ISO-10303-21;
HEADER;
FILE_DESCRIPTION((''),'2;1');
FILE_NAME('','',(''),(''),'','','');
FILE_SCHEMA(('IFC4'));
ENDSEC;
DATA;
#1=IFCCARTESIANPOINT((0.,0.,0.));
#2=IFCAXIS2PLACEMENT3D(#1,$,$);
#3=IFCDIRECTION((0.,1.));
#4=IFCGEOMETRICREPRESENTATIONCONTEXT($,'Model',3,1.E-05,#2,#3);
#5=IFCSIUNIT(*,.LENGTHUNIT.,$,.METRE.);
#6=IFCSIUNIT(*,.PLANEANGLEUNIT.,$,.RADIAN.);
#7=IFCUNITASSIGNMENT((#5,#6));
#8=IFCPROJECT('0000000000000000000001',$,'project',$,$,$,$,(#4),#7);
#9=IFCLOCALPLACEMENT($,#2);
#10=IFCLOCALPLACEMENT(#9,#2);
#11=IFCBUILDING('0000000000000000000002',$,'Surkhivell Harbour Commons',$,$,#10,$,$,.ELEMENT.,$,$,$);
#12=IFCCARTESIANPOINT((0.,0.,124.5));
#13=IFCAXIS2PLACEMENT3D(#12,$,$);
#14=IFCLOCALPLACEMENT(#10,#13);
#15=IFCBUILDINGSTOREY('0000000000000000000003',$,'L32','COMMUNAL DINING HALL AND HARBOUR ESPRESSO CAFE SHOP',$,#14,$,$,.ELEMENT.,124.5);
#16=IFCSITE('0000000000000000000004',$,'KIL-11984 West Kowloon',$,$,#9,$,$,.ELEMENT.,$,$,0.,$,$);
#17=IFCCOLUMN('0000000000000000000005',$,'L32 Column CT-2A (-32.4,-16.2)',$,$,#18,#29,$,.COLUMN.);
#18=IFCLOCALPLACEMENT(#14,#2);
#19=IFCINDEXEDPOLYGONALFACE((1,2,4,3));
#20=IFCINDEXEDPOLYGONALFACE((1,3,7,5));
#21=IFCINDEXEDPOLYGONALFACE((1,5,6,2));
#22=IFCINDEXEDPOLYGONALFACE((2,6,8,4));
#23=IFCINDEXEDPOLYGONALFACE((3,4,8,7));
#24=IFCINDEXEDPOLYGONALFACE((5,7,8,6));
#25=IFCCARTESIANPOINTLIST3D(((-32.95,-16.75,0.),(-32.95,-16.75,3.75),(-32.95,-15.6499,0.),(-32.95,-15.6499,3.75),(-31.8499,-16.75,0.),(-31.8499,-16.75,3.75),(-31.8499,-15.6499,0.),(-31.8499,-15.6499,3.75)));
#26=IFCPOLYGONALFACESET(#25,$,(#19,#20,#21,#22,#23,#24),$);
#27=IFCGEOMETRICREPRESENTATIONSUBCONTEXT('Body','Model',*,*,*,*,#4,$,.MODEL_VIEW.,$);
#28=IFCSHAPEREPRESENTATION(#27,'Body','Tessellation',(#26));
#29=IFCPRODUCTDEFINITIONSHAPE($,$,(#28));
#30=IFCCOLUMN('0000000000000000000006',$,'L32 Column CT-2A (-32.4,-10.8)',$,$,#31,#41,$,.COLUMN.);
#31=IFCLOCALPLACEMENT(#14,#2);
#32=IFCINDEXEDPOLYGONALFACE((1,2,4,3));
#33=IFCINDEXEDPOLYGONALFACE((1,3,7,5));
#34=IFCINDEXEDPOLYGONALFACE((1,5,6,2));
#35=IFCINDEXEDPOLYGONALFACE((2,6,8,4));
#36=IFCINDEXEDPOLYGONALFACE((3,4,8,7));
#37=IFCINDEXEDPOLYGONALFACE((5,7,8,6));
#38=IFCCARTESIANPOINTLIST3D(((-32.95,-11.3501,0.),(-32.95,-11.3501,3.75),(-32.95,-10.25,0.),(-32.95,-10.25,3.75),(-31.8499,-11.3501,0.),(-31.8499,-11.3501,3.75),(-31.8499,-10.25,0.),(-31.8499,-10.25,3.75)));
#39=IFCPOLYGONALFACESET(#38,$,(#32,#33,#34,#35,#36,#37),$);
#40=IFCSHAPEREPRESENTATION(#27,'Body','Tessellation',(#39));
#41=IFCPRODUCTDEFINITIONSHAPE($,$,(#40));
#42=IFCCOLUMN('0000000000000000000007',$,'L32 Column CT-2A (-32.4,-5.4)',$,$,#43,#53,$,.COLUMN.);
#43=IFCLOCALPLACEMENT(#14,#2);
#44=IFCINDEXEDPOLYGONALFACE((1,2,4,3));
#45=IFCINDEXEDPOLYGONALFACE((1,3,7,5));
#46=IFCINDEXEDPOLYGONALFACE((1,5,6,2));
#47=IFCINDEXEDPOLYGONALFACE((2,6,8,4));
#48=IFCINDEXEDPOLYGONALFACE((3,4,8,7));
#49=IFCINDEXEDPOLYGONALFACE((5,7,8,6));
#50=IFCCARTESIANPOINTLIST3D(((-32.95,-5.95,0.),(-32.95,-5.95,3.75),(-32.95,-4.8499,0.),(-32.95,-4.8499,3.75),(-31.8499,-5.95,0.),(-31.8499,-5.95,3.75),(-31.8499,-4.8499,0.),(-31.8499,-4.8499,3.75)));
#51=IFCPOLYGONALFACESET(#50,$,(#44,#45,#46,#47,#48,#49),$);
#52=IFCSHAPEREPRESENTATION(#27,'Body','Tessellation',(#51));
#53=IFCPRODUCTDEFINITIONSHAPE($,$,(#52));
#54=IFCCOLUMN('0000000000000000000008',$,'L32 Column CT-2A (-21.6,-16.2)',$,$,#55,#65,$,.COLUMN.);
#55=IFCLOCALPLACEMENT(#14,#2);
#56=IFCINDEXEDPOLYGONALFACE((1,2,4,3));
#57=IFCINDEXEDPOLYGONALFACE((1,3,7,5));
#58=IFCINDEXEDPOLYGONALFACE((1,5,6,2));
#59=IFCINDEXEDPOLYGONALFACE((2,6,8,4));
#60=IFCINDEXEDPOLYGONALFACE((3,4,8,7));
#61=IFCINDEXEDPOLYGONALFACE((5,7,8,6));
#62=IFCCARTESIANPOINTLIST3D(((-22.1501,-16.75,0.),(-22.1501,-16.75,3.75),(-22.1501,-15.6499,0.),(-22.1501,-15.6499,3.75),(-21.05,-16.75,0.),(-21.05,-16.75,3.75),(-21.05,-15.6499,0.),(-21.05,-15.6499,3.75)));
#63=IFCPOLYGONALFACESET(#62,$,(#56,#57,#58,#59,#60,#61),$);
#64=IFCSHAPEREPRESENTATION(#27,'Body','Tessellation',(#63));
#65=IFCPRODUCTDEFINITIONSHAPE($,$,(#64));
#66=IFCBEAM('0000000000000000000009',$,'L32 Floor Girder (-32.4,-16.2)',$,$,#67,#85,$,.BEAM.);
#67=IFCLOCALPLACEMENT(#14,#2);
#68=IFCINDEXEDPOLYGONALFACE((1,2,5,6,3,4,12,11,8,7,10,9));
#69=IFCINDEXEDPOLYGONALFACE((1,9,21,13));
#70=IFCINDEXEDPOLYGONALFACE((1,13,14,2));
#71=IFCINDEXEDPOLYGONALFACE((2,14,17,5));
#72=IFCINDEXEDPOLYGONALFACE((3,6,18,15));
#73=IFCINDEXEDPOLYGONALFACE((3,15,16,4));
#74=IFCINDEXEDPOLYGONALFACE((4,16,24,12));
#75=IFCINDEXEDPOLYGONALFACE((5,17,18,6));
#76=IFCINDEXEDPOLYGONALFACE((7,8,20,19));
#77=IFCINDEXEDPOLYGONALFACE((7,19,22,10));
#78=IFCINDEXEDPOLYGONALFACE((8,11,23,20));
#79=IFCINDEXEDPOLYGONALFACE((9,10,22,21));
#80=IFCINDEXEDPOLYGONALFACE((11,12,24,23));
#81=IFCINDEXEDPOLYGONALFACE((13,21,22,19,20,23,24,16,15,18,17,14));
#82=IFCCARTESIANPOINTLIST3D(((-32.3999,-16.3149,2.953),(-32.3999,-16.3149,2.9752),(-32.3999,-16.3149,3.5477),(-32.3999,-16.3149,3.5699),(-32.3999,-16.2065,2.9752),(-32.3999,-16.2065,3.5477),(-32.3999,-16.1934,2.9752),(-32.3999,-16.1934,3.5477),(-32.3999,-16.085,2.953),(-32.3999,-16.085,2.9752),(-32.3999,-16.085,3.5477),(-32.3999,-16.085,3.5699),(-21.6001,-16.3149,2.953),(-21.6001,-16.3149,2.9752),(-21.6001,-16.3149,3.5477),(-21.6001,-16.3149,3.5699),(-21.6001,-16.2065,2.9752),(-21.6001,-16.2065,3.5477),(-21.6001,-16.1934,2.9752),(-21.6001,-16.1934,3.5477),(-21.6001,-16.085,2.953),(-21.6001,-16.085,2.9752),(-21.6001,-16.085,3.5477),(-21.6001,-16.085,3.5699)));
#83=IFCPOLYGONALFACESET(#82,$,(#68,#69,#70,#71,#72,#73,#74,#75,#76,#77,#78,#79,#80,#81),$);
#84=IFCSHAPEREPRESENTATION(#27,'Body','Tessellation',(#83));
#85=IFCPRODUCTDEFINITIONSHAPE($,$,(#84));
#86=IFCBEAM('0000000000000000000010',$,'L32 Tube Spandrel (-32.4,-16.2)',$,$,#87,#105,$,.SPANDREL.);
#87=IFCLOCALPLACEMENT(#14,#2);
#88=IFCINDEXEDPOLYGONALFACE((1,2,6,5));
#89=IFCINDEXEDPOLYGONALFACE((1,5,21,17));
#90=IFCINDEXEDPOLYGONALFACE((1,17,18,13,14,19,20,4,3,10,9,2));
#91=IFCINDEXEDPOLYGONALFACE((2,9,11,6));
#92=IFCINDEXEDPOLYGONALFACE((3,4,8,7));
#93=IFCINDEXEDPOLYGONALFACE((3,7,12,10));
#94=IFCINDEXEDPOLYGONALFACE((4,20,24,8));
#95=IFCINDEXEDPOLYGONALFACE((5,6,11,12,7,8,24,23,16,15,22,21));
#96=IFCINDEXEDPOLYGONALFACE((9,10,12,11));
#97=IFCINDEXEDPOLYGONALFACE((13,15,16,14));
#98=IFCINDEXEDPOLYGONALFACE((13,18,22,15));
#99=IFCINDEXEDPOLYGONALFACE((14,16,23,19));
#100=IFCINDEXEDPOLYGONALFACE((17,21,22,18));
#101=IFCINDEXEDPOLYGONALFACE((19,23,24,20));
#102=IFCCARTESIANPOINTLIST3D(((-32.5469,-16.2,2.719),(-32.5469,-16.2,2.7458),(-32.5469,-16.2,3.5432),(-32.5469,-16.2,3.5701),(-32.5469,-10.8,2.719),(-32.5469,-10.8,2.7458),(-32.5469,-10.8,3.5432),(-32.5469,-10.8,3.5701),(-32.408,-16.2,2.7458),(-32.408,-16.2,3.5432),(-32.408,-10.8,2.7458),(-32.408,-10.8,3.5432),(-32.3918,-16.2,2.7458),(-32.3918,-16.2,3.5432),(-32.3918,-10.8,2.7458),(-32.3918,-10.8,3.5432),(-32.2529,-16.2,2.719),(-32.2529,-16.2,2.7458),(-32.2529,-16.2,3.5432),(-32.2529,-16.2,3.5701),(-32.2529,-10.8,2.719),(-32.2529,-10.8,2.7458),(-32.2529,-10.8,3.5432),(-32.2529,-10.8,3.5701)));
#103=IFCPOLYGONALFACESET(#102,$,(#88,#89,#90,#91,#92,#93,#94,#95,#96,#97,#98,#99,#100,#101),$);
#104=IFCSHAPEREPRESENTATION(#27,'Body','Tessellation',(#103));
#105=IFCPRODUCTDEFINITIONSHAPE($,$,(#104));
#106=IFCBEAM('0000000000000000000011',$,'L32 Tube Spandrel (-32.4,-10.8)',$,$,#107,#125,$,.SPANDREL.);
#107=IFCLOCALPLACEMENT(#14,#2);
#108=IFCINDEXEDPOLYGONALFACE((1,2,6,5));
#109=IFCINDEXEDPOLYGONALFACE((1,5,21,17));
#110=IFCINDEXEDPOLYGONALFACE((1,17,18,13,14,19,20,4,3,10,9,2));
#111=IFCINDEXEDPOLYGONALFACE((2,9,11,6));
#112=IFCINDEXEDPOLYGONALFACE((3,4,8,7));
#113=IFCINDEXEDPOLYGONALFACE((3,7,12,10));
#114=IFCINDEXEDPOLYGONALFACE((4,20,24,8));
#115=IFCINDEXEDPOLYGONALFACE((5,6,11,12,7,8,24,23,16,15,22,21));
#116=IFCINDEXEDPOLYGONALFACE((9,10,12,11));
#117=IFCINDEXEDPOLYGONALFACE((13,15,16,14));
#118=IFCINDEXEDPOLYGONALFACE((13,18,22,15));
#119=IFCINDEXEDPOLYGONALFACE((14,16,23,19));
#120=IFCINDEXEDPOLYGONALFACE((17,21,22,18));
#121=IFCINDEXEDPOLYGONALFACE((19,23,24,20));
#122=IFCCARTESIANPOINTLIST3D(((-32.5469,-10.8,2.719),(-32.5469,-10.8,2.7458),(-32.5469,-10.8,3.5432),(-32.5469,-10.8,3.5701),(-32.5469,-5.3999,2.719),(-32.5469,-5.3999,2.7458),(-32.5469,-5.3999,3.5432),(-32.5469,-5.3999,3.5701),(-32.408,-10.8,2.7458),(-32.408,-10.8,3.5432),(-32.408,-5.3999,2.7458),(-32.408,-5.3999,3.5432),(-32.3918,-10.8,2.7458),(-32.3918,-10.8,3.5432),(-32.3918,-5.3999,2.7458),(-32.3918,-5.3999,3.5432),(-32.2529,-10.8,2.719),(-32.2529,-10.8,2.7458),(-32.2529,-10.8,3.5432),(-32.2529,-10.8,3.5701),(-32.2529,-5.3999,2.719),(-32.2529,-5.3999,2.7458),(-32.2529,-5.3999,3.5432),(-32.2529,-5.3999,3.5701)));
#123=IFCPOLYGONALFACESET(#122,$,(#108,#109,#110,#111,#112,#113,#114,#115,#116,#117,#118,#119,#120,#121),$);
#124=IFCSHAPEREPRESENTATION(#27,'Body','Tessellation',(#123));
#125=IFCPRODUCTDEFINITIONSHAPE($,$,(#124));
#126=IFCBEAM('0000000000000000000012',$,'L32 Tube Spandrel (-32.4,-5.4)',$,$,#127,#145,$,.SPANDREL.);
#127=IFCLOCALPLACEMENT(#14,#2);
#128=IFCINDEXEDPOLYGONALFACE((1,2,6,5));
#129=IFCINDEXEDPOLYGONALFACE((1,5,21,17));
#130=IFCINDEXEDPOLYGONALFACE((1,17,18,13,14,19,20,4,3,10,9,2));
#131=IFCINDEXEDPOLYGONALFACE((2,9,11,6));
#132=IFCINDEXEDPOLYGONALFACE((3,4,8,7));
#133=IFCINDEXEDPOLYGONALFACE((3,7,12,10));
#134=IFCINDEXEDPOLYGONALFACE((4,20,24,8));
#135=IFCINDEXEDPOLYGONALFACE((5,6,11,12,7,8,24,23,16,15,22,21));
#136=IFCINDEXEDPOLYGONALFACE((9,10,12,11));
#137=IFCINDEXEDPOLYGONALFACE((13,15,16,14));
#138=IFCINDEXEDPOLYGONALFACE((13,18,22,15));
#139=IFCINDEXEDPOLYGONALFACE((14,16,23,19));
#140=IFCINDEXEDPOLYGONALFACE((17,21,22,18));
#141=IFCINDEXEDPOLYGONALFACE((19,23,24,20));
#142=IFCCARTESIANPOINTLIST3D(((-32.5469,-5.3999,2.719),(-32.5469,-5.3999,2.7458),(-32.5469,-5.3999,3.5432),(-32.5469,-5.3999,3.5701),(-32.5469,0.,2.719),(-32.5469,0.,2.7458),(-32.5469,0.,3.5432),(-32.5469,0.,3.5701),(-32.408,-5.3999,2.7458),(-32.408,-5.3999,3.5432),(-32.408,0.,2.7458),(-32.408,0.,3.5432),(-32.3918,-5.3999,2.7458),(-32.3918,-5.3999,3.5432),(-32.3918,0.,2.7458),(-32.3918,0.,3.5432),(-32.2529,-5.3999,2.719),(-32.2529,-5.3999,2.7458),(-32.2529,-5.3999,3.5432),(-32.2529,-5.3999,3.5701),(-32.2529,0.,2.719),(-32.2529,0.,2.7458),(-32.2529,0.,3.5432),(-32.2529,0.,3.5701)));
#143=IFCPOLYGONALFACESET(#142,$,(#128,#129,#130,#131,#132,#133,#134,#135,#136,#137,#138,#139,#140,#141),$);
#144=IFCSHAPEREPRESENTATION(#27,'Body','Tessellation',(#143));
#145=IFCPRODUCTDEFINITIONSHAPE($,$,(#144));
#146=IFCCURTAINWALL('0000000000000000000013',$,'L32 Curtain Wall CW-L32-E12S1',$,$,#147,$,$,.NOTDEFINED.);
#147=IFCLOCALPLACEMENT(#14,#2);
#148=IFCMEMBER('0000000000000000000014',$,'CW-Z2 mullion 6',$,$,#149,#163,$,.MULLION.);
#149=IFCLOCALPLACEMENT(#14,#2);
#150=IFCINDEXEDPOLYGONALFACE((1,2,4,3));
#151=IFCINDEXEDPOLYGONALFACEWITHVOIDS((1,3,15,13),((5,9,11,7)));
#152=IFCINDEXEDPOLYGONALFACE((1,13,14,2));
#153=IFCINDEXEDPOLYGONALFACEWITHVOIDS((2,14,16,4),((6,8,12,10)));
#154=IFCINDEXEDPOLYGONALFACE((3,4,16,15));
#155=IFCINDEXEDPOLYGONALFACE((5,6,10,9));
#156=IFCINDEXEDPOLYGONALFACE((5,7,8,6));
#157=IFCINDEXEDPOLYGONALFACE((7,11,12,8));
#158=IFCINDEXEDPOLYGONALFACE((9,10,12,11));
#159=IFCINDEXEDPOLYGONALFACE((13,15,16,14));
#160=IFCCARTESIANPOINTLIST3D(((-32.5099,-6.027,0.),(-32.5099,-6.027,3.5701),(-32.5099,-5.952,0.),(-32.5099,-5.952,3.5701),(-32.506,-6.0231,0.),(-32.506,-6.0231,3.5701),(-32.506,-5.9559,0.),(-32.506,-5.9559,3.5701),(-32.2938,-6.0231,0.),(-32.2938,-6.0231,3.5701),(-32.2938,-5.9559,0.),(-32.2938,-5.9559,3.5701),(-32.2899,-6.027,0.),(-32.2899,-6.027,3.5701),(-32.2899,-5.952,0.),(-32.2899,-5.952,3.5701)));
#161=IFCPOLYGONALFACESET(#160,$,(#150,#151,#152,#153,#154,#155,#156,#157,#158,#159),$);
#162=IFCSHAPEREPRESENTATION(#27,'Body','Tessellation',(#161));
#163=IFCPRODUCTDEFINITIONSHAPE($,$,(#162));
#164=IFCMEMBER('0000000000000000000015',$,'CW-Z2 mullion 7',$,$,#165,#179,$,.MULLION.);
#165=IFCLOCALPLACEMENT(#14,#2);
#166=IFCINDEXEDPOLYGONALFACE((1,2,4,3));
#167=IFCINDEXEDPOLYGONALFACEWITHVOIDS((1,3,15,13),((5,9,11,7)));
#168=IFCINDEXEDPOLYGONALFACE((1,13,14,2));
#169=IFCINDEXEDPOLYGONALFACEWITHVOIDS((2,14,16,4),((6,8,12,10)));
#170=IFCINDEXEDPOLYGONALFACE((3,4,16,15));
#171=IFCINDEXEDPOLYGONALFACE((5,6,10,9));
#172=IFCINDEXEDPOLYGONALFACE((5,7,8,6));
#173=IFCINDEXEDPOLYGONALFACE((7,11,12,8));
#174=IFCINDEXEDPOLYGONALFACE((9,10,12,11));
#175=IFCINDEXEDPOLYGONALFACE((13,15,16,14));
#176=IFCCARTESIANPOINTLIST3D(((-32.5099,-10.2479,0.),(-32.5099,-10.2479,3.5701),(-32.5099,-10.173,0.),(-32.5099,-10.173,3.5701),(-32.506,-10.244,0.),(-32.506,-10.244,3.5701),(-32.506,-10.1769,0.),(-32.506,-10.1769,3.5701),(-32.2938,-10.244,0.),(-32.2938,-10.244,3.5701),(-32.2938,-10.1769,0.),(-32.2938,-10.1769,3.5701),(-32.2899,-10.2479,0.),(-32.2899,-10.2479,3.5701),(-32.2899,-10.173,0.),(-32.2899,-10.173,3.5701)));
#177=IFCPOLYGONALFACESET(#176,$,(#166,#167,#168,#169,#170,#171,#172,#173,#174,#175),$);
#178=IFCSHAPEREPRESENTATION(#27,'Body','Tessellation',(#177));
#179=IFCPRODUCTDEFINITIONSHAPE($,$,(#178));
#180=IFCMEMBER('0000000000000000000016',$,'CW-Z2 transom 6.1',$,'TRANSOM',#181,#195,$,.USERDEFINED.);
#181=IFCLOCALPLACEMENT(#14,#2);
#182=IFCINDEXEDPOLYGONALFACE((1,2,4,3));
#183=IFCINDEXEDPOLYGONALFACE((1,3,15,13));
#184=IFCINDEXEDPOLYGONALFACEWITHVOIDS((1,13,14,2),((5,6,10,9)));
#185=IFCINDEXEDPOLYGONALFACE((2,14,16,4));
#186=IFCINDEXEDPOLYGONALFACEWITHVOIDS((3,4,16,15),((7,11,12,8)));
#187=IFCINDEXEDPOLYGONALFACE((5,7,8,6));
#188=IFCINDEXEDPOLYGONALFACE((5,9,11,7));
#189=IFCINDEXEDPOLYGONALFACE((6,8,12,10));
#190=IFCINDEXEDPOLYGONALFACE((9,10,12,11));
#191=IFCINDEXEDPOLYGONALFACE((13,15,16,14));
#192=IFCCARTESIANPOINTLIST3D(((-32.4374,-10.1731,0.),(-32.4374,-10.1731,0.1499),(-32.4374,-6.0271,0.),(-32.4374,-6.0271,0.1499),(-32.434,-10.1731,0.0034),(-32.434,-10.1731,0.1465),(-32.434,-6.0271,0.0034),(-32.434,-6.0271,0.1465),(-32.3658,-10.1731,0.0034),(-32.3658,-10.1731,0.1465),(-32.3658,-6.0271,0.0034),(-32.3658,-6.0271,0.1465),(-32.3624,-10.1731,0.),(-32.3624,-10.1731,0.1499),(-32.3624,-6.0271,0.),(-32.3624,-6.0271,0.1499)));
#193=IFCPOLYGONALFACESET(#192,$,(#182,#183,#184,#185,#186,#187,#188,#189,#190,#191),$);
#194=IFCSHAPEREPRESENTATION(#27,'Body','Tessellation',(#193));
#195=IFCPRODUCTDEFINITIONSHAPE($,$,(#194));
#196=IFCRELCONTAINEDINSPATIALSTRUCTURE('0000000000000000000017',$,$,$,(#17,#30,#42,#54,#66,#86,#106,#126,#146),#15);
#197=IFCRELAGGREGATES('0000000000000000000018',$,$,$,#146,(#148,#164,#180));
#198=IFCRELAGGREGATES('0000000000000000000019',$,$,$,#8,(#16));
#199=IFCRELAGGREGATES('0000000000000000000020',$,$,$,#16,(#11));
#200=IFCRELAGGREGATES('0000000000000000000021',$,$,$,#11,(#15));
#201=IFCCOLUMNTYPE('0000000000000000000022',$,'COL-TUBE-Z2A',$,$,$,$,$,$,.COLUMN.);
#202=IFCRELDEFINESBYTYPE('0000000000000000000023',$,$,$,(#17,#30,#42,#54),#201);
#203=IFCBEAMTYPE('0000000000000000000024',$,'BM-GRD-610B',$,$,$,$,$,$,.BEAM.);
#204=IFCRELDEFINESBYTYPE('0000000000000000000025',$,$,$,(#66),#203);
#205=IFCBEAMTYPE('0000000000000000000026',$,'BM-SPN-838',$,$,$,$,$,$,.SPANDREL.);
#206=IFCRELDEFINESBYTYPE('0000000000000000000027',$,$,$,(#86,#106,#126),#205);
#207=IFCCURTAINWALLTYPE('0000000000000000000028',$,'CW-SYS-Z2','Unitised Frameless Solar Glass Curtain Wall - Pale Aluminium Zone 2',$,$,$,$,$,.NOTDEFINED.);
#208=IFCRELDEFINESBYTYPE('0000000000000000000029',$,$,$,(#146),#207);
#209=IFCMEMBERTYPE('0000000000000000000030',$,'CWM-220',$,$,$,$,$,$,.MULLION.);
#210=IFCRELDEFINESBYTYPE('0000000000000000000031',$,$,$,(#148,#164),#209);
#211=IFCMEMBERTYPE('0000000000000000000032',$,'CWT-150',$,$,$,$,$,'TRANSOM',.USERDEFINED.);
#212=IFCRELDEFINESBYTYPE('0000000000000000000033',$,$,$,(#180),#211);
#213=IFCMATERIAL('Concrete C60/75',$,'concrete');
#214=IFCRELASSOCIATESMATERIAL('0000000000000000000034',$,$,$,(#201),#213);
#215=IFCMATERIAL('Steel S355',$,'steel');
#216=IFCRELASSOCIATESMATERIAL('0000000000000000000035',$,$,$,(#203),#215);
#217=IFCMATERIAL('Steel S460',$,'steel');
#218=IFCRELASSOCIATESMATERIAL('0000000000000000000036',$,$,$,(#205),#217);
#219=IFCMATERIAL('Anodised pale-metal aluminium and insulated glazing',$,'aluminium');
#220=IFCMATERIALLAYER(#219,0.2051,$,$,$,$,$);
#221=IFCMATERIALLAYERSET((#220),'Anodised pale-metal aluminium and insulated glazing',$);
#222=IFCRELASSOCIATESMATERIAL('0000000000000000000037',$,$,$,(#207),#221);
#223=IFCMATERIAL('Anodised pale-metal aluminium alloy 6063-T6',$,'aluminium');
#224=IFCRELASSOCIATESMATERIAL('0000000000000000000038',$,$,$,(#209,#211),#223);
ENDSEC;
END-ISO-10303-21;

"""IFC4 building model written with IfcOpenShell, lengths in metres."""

from ifc_helpers import new_model, si_unit, direction, frame, origin, origin_2d, place, context, subcontext, project, spatial, rectangle, hollow_rectangle, i_section, extrude, material, layer, layer_set, material_profile, profile_set, type_object, element, aggregate, save


model = new_model("IFC4")

# Units and contexts
model_context = context("Model", 3, precision=1e-05, world=origin(), true_north=direction((0.0, 1.0)))
body_context = subcontext(model_context, "Body", "Model", "MODEL_VIEW")
ifc_project = project(units=[si_unit("LENGTHUNIT", "METRE"), si_unit("PLANEANGLEUNIT", "RADIAN")], contexts=[model_context])

# Site, building, storey
site_placement = place(None, origin())
site = spatial("IfcSite", under=ifc_project, at=site_placement, Name="KIL-11984 West Kowloon", CompositionType="ELEMENT", RefElevation=0.0)
building_placement = place(site_placement, origin())
building = spatial("IfcBuilding", under=site, at=building_placement, Name="Surkhivell Harbour Commons", CompositionType="ELEMENT")
storey_placement = place(building_placement, frame((0.0, 0.0, 124.5)))
storey = spatial("IfcBuildingStorey", under=building, at=storey_placement, Name="L32", Description="COMMUNAL DINING HALL AND HARBOUR ESPRESSO CAFE SHOP", CompositionType="ELEMENT", Elevation=124.5)

# Columns
ifc_material_1 = material(Name="Concrete C60/75", Category="concrete")
ifc_material_profile_1 = material_profile(ifc_material_1, rectangle(XDim=1.1001, YDim=1.1001, at=origin_2d()), Name="RC-COL-1100x1100")
ifc_profile_set_1 = profile_set([ifc_material_profile_1], Name="Concrete C60/75")
column_type = type_object("IfcColumnType", Name="COL-TUBE-Z2A", PredefinedType="COLUMN", material=ifc_profile_set_1)
for number, where, z_axis, x_axis, name in (
    (1, (-32.3999, -16.2, 0.0), (0.0, 0.0, 1.0), (1.0, 0.0, 0.0), "L32 Column CT-2A (-32.4,-16.2)"),
    (2, (-32.3999, -10.8, 0.0), (0.0, 0.0, 1.0), (1.0, 0.0, 0.0), "L32 Column CT-2A (-32.4,-10.8)"),
    (3, (-32.3999, -5.3999, 0.0), (0.0, 0.0, 1.0), (1.0, 0.0, 0.0), "L32 Column CT-2A (-32.4,-5.4)"),
    (4, (-21.6001, -16.2, 0.0), (0.0, 0.0, 1.0), (1.0, 0.0, 0.0), "L32 Column CT-2A (-21.6,-16.2)"),
):
    element("IfcColumn", number, at=place(storey_placement, frame(where, z_axis=z_axis, x_axis=x_axis)), inside=storey, type_object=column_type, Name=name, PredefinedType="COLUMN", context=body_context, shape_type="SweptSolid", body=[
        extrude(rectangle(XDim=1.1001, YDim=1.1001, at=origin_2d()), origin(), (0.0, 0.0, 1.0), 3.75),
    ])

# Beams
ifc_material_2 = material(Name="Steel S355", Category="steel")
ifc_material_profile_2 = material_profile(ifc_material_2, i_section(OverallWidth=0.23, OverallDepth=0.6169, WebThickness=0.0132, FlangeThickness=0.0222, at=origin_2d()), Name="UB610x229x140")
ifc_profile_set_2 = profile_set([ifc_material_profile_2], Name="Steel S355")
beam_type_1 = type_object("IfcBeamType", Name="BM-GRD-610B", PredefinedType="BEAM", material=ifc_profile_set_2)
beam_1_placement = place(storey_placement, frame((-32.3999, -16.2, 3.2615), z_axis=(1.0, 0.0, 0.0), x_axis=(0.0, 1.0, 0.0)))
element("IfcBeam", 5, at=beam_1_placement, inside=storey, type_object=beam_type_1, Name="L32 Floor Girder (-32.4,-16.2)", PredefinedType="BEAM", context=body_context, shape_type="SweptSolid", body=[
    extrude(i_section(OverallWidth=0.23, OverallDepth=0.6169, WebThickness=0.0132, FlangeThickness=0.0222, at=origin_2d()), origin(), (0.0, 0.0, 1.0), 10.7998),
])
ifc_material_3 = material(Name="Steel S460", Category="steel")
ifc_material_profile_3 = material_profile(ifc_material_3, i_section(OverallWidth=0.2939, OverallDepth=0.8511, WebThickness=0.0161, FlangeThickness=0.0269, at=origin_2d()), Name="UB838x292x226")
ifc_profile_set_3 = profile_set([ifc_material_profile_3], Name="Steel S460")
beam_type_2 = type_object("IfcBeamType", Name="BM-SPN-838", PredefinedType="SPANDREL", material=ifc_profile_set_3)
beam_2_placement = place(storey_placement, frame((-32.3999, -16.2, 3.1445), z_axis=(0.0, 1.0, 0.0), x_axis=(-1.0, 0.0, 0.0)))
element("IfcBeam", 6, at=beam_2_placement, inside=storey, type_object=beam_type_2, Name="L32 Tube Spandrel (-32.4,-16.2)", PredefinedType="SPANDREL", context=body_context, shape_type="SweptSolid", body=[
    extrude(i_section(OverallWidth=0.2939, OverallDepth=0.8511, WebThickness=0.0161, FlangeThickness=0.0269, at=origin_2d()), origin(), (0.0, 0.0, 1.0), 5.3999),
])
beam_3_placement = place(storey_placement, frame((-32.3999, -10.8, 3.1445), z_axis=(0.0, 1.0, 0.0), x_axis=(-1.0, 0.0, 0.0)))
element("IfcBeam", 7, at=beam_3_placement, inside=storey, type_object=beam_type_2, Name="L32 Tube Spandrel (-32.4,-10.8)", PredefinedType="SPANDREL", context=body_context, shape_type="SweptSolid", body=[
    extrude(i_section(OverallWidth=0.2939, OverallDepth=0.8511, WebThickness=0.0161, FlangeThickness=0.0269, at=origin_2d()), origin(), (0.0, 0.0, 1.0), 5.4001),
])
beam_4_placement = place(storey_placement, frame((-32.3999, -5.3999, 3.1445), z_axis=(0.0, 1.0, 0.0), x_axis=(-1.0, 0.0, 0.0)))
element("IfcBeam", 8, at=beam_4_placement, inside=storey, type_object=beam_type_2, Name="L32 Tube Spandrel (-32.4,-5.4)", PredefinedType="SPANDREL", context=body_context, shape_type="SweptSolid", body=[
    extrude(i_section(OverallWidth=0.2939, OverallDepth=0.8511, WebThickness=0.0161, FlangeThickness=0.0269, at=origin_2d()), origin(), (0.0, 0.0, 1.0), 5.3999),
])

# Curtain wall, members
ifc_material_4 = material(Name="Anodised pale-metal aluminium and insulated glazing", Category="aluminium")
ifc_layer_1 = layer(ifc_material_4, 0.2051)
ifc_layer_set_1 = layer_set([ifc_layer_1], Name="Anodised pale-metal aluminium and insulated glazing")
curtain_wall_type = type_object("IfcCurtainWallType", Name="CW-SYS-Z2", Description="Unitised Frameless Solar Glass Curtain Wall - Pale Aluminium Zone 2", PredefinedType="NOTDEFINED", material=ifc_layer_set_1)
curtain_wall_placement = place(storey_placement, origin())
curtain_wall = element("IfcCurtainWall", 9, at=curtain_wall_placement, inside=storey, type_object=curtain_wall_type, Name="L32 Curtain Wall CW-L32-E12S1", PredefinedType="NOTDEFINED")
ifc_material_5 = material(Name="Anodised pale-metal aluminium alloy 6063-T6", Category="aluminium")
ifc_material_profile_4 = material_profile(ifc_material_5, hollow_rectangle(XDim=0.075, YDim=0.22, WallThickness=0.0039, at=origin_2d()), Name="ALU-MULL-75x220")
ifc_profile_set_4 = profile_set([ifc_material_profile_4], Name="Anodised pale-metal aluminium alloy 6063-T6")
member_type_1 = type_object("IfcMemberType", Name="CWM-220", PredefinedType="MULLION", material=ifc_profile_set_4)
member_1_placement = place(storey_placement, frame((-32.3999, -5.9895, 0.0), z_axis=(0.0, 0.0, 1.0), x_axis=(0.0, -1.0, 0.0)))
member_1 = element("IfcMember", 10, at=member_1_placement, type_object=member_type_1, Name="CW-Z2 mullion 6", PredefinedType="MULLION", context=body_context, shape_type="SweptSolid", body=[
    extrude(hollow_rectangle(XDim=0.075, YDim=0.22, WallThickness=0.0039, at=origin_2d()), origin(), (0.0, 0.0, 1.0), 3.5701),
])
member_2_placement = place(storey_placement, frame((-32.3999, -10.2104, 0.0), z_axis=(0.0, 0.0, 1.0), x_axis=(0.0, -1.0, 0.0)))
member_2 = element("IfcMember", 11, at=member_2_placement, type_object=member_type_1, Name="CW-Z2 mullion 7", PredefinedType="MULLION", context=body_context, shape_type="SweptSolid", body=[
    extrude(hollow_rectangle(XDim=0.075, YDim=0.22, WallThickness=0.0039, at=origin_2d()), origin(), (0.0, 0.0, 1.0), 3.5701),
])
ifc_material_profile_5 = material_profile(ifc_material_5, hollow_rectangle(XDim=0.075, YDim=0.1499, WallThickness=0.0034, at=origin_2d()), Name="ALU-TRAN-75x150")
ifc_profile_set_5 = profile_set([ifc_material_profile_5], Name="Anodised pale-metal aluminium alloy 6063-T6")
member_type_2 = type_object("IfcMemberType", Name="CWT-150", ElementType="TRANSOM", PredefinedType="USERDEFINED", material=ifc_profile_set_5)
member_3_placement = place(storey_placement, frame((-32.3999, -6.0271, 0.075), z_axis=(0.0, -1.0, 0.0), x_axis=(1.0, 0.0, 0.0)))
member_3 = element("IfcMember", 12, at=member_3_placement, type_object=member_type_2, Name="CW-Z2 transom 6.1", ObjectType="TRANSOM", PredefinedType="USERDEFINED", context=body_context, shape_type="SweptSolid", body=[
    extrude(hollow_rectangle(XDim=0.075, YDim=0.1499, WallThickness=0.0034, at=origin_2d()), origin(), (0.0, 0.0, 1.0), 4.146),
])

aggregate(curtain_wall, [member_1, member_2, member_3])

save(model, "model.ifc")
